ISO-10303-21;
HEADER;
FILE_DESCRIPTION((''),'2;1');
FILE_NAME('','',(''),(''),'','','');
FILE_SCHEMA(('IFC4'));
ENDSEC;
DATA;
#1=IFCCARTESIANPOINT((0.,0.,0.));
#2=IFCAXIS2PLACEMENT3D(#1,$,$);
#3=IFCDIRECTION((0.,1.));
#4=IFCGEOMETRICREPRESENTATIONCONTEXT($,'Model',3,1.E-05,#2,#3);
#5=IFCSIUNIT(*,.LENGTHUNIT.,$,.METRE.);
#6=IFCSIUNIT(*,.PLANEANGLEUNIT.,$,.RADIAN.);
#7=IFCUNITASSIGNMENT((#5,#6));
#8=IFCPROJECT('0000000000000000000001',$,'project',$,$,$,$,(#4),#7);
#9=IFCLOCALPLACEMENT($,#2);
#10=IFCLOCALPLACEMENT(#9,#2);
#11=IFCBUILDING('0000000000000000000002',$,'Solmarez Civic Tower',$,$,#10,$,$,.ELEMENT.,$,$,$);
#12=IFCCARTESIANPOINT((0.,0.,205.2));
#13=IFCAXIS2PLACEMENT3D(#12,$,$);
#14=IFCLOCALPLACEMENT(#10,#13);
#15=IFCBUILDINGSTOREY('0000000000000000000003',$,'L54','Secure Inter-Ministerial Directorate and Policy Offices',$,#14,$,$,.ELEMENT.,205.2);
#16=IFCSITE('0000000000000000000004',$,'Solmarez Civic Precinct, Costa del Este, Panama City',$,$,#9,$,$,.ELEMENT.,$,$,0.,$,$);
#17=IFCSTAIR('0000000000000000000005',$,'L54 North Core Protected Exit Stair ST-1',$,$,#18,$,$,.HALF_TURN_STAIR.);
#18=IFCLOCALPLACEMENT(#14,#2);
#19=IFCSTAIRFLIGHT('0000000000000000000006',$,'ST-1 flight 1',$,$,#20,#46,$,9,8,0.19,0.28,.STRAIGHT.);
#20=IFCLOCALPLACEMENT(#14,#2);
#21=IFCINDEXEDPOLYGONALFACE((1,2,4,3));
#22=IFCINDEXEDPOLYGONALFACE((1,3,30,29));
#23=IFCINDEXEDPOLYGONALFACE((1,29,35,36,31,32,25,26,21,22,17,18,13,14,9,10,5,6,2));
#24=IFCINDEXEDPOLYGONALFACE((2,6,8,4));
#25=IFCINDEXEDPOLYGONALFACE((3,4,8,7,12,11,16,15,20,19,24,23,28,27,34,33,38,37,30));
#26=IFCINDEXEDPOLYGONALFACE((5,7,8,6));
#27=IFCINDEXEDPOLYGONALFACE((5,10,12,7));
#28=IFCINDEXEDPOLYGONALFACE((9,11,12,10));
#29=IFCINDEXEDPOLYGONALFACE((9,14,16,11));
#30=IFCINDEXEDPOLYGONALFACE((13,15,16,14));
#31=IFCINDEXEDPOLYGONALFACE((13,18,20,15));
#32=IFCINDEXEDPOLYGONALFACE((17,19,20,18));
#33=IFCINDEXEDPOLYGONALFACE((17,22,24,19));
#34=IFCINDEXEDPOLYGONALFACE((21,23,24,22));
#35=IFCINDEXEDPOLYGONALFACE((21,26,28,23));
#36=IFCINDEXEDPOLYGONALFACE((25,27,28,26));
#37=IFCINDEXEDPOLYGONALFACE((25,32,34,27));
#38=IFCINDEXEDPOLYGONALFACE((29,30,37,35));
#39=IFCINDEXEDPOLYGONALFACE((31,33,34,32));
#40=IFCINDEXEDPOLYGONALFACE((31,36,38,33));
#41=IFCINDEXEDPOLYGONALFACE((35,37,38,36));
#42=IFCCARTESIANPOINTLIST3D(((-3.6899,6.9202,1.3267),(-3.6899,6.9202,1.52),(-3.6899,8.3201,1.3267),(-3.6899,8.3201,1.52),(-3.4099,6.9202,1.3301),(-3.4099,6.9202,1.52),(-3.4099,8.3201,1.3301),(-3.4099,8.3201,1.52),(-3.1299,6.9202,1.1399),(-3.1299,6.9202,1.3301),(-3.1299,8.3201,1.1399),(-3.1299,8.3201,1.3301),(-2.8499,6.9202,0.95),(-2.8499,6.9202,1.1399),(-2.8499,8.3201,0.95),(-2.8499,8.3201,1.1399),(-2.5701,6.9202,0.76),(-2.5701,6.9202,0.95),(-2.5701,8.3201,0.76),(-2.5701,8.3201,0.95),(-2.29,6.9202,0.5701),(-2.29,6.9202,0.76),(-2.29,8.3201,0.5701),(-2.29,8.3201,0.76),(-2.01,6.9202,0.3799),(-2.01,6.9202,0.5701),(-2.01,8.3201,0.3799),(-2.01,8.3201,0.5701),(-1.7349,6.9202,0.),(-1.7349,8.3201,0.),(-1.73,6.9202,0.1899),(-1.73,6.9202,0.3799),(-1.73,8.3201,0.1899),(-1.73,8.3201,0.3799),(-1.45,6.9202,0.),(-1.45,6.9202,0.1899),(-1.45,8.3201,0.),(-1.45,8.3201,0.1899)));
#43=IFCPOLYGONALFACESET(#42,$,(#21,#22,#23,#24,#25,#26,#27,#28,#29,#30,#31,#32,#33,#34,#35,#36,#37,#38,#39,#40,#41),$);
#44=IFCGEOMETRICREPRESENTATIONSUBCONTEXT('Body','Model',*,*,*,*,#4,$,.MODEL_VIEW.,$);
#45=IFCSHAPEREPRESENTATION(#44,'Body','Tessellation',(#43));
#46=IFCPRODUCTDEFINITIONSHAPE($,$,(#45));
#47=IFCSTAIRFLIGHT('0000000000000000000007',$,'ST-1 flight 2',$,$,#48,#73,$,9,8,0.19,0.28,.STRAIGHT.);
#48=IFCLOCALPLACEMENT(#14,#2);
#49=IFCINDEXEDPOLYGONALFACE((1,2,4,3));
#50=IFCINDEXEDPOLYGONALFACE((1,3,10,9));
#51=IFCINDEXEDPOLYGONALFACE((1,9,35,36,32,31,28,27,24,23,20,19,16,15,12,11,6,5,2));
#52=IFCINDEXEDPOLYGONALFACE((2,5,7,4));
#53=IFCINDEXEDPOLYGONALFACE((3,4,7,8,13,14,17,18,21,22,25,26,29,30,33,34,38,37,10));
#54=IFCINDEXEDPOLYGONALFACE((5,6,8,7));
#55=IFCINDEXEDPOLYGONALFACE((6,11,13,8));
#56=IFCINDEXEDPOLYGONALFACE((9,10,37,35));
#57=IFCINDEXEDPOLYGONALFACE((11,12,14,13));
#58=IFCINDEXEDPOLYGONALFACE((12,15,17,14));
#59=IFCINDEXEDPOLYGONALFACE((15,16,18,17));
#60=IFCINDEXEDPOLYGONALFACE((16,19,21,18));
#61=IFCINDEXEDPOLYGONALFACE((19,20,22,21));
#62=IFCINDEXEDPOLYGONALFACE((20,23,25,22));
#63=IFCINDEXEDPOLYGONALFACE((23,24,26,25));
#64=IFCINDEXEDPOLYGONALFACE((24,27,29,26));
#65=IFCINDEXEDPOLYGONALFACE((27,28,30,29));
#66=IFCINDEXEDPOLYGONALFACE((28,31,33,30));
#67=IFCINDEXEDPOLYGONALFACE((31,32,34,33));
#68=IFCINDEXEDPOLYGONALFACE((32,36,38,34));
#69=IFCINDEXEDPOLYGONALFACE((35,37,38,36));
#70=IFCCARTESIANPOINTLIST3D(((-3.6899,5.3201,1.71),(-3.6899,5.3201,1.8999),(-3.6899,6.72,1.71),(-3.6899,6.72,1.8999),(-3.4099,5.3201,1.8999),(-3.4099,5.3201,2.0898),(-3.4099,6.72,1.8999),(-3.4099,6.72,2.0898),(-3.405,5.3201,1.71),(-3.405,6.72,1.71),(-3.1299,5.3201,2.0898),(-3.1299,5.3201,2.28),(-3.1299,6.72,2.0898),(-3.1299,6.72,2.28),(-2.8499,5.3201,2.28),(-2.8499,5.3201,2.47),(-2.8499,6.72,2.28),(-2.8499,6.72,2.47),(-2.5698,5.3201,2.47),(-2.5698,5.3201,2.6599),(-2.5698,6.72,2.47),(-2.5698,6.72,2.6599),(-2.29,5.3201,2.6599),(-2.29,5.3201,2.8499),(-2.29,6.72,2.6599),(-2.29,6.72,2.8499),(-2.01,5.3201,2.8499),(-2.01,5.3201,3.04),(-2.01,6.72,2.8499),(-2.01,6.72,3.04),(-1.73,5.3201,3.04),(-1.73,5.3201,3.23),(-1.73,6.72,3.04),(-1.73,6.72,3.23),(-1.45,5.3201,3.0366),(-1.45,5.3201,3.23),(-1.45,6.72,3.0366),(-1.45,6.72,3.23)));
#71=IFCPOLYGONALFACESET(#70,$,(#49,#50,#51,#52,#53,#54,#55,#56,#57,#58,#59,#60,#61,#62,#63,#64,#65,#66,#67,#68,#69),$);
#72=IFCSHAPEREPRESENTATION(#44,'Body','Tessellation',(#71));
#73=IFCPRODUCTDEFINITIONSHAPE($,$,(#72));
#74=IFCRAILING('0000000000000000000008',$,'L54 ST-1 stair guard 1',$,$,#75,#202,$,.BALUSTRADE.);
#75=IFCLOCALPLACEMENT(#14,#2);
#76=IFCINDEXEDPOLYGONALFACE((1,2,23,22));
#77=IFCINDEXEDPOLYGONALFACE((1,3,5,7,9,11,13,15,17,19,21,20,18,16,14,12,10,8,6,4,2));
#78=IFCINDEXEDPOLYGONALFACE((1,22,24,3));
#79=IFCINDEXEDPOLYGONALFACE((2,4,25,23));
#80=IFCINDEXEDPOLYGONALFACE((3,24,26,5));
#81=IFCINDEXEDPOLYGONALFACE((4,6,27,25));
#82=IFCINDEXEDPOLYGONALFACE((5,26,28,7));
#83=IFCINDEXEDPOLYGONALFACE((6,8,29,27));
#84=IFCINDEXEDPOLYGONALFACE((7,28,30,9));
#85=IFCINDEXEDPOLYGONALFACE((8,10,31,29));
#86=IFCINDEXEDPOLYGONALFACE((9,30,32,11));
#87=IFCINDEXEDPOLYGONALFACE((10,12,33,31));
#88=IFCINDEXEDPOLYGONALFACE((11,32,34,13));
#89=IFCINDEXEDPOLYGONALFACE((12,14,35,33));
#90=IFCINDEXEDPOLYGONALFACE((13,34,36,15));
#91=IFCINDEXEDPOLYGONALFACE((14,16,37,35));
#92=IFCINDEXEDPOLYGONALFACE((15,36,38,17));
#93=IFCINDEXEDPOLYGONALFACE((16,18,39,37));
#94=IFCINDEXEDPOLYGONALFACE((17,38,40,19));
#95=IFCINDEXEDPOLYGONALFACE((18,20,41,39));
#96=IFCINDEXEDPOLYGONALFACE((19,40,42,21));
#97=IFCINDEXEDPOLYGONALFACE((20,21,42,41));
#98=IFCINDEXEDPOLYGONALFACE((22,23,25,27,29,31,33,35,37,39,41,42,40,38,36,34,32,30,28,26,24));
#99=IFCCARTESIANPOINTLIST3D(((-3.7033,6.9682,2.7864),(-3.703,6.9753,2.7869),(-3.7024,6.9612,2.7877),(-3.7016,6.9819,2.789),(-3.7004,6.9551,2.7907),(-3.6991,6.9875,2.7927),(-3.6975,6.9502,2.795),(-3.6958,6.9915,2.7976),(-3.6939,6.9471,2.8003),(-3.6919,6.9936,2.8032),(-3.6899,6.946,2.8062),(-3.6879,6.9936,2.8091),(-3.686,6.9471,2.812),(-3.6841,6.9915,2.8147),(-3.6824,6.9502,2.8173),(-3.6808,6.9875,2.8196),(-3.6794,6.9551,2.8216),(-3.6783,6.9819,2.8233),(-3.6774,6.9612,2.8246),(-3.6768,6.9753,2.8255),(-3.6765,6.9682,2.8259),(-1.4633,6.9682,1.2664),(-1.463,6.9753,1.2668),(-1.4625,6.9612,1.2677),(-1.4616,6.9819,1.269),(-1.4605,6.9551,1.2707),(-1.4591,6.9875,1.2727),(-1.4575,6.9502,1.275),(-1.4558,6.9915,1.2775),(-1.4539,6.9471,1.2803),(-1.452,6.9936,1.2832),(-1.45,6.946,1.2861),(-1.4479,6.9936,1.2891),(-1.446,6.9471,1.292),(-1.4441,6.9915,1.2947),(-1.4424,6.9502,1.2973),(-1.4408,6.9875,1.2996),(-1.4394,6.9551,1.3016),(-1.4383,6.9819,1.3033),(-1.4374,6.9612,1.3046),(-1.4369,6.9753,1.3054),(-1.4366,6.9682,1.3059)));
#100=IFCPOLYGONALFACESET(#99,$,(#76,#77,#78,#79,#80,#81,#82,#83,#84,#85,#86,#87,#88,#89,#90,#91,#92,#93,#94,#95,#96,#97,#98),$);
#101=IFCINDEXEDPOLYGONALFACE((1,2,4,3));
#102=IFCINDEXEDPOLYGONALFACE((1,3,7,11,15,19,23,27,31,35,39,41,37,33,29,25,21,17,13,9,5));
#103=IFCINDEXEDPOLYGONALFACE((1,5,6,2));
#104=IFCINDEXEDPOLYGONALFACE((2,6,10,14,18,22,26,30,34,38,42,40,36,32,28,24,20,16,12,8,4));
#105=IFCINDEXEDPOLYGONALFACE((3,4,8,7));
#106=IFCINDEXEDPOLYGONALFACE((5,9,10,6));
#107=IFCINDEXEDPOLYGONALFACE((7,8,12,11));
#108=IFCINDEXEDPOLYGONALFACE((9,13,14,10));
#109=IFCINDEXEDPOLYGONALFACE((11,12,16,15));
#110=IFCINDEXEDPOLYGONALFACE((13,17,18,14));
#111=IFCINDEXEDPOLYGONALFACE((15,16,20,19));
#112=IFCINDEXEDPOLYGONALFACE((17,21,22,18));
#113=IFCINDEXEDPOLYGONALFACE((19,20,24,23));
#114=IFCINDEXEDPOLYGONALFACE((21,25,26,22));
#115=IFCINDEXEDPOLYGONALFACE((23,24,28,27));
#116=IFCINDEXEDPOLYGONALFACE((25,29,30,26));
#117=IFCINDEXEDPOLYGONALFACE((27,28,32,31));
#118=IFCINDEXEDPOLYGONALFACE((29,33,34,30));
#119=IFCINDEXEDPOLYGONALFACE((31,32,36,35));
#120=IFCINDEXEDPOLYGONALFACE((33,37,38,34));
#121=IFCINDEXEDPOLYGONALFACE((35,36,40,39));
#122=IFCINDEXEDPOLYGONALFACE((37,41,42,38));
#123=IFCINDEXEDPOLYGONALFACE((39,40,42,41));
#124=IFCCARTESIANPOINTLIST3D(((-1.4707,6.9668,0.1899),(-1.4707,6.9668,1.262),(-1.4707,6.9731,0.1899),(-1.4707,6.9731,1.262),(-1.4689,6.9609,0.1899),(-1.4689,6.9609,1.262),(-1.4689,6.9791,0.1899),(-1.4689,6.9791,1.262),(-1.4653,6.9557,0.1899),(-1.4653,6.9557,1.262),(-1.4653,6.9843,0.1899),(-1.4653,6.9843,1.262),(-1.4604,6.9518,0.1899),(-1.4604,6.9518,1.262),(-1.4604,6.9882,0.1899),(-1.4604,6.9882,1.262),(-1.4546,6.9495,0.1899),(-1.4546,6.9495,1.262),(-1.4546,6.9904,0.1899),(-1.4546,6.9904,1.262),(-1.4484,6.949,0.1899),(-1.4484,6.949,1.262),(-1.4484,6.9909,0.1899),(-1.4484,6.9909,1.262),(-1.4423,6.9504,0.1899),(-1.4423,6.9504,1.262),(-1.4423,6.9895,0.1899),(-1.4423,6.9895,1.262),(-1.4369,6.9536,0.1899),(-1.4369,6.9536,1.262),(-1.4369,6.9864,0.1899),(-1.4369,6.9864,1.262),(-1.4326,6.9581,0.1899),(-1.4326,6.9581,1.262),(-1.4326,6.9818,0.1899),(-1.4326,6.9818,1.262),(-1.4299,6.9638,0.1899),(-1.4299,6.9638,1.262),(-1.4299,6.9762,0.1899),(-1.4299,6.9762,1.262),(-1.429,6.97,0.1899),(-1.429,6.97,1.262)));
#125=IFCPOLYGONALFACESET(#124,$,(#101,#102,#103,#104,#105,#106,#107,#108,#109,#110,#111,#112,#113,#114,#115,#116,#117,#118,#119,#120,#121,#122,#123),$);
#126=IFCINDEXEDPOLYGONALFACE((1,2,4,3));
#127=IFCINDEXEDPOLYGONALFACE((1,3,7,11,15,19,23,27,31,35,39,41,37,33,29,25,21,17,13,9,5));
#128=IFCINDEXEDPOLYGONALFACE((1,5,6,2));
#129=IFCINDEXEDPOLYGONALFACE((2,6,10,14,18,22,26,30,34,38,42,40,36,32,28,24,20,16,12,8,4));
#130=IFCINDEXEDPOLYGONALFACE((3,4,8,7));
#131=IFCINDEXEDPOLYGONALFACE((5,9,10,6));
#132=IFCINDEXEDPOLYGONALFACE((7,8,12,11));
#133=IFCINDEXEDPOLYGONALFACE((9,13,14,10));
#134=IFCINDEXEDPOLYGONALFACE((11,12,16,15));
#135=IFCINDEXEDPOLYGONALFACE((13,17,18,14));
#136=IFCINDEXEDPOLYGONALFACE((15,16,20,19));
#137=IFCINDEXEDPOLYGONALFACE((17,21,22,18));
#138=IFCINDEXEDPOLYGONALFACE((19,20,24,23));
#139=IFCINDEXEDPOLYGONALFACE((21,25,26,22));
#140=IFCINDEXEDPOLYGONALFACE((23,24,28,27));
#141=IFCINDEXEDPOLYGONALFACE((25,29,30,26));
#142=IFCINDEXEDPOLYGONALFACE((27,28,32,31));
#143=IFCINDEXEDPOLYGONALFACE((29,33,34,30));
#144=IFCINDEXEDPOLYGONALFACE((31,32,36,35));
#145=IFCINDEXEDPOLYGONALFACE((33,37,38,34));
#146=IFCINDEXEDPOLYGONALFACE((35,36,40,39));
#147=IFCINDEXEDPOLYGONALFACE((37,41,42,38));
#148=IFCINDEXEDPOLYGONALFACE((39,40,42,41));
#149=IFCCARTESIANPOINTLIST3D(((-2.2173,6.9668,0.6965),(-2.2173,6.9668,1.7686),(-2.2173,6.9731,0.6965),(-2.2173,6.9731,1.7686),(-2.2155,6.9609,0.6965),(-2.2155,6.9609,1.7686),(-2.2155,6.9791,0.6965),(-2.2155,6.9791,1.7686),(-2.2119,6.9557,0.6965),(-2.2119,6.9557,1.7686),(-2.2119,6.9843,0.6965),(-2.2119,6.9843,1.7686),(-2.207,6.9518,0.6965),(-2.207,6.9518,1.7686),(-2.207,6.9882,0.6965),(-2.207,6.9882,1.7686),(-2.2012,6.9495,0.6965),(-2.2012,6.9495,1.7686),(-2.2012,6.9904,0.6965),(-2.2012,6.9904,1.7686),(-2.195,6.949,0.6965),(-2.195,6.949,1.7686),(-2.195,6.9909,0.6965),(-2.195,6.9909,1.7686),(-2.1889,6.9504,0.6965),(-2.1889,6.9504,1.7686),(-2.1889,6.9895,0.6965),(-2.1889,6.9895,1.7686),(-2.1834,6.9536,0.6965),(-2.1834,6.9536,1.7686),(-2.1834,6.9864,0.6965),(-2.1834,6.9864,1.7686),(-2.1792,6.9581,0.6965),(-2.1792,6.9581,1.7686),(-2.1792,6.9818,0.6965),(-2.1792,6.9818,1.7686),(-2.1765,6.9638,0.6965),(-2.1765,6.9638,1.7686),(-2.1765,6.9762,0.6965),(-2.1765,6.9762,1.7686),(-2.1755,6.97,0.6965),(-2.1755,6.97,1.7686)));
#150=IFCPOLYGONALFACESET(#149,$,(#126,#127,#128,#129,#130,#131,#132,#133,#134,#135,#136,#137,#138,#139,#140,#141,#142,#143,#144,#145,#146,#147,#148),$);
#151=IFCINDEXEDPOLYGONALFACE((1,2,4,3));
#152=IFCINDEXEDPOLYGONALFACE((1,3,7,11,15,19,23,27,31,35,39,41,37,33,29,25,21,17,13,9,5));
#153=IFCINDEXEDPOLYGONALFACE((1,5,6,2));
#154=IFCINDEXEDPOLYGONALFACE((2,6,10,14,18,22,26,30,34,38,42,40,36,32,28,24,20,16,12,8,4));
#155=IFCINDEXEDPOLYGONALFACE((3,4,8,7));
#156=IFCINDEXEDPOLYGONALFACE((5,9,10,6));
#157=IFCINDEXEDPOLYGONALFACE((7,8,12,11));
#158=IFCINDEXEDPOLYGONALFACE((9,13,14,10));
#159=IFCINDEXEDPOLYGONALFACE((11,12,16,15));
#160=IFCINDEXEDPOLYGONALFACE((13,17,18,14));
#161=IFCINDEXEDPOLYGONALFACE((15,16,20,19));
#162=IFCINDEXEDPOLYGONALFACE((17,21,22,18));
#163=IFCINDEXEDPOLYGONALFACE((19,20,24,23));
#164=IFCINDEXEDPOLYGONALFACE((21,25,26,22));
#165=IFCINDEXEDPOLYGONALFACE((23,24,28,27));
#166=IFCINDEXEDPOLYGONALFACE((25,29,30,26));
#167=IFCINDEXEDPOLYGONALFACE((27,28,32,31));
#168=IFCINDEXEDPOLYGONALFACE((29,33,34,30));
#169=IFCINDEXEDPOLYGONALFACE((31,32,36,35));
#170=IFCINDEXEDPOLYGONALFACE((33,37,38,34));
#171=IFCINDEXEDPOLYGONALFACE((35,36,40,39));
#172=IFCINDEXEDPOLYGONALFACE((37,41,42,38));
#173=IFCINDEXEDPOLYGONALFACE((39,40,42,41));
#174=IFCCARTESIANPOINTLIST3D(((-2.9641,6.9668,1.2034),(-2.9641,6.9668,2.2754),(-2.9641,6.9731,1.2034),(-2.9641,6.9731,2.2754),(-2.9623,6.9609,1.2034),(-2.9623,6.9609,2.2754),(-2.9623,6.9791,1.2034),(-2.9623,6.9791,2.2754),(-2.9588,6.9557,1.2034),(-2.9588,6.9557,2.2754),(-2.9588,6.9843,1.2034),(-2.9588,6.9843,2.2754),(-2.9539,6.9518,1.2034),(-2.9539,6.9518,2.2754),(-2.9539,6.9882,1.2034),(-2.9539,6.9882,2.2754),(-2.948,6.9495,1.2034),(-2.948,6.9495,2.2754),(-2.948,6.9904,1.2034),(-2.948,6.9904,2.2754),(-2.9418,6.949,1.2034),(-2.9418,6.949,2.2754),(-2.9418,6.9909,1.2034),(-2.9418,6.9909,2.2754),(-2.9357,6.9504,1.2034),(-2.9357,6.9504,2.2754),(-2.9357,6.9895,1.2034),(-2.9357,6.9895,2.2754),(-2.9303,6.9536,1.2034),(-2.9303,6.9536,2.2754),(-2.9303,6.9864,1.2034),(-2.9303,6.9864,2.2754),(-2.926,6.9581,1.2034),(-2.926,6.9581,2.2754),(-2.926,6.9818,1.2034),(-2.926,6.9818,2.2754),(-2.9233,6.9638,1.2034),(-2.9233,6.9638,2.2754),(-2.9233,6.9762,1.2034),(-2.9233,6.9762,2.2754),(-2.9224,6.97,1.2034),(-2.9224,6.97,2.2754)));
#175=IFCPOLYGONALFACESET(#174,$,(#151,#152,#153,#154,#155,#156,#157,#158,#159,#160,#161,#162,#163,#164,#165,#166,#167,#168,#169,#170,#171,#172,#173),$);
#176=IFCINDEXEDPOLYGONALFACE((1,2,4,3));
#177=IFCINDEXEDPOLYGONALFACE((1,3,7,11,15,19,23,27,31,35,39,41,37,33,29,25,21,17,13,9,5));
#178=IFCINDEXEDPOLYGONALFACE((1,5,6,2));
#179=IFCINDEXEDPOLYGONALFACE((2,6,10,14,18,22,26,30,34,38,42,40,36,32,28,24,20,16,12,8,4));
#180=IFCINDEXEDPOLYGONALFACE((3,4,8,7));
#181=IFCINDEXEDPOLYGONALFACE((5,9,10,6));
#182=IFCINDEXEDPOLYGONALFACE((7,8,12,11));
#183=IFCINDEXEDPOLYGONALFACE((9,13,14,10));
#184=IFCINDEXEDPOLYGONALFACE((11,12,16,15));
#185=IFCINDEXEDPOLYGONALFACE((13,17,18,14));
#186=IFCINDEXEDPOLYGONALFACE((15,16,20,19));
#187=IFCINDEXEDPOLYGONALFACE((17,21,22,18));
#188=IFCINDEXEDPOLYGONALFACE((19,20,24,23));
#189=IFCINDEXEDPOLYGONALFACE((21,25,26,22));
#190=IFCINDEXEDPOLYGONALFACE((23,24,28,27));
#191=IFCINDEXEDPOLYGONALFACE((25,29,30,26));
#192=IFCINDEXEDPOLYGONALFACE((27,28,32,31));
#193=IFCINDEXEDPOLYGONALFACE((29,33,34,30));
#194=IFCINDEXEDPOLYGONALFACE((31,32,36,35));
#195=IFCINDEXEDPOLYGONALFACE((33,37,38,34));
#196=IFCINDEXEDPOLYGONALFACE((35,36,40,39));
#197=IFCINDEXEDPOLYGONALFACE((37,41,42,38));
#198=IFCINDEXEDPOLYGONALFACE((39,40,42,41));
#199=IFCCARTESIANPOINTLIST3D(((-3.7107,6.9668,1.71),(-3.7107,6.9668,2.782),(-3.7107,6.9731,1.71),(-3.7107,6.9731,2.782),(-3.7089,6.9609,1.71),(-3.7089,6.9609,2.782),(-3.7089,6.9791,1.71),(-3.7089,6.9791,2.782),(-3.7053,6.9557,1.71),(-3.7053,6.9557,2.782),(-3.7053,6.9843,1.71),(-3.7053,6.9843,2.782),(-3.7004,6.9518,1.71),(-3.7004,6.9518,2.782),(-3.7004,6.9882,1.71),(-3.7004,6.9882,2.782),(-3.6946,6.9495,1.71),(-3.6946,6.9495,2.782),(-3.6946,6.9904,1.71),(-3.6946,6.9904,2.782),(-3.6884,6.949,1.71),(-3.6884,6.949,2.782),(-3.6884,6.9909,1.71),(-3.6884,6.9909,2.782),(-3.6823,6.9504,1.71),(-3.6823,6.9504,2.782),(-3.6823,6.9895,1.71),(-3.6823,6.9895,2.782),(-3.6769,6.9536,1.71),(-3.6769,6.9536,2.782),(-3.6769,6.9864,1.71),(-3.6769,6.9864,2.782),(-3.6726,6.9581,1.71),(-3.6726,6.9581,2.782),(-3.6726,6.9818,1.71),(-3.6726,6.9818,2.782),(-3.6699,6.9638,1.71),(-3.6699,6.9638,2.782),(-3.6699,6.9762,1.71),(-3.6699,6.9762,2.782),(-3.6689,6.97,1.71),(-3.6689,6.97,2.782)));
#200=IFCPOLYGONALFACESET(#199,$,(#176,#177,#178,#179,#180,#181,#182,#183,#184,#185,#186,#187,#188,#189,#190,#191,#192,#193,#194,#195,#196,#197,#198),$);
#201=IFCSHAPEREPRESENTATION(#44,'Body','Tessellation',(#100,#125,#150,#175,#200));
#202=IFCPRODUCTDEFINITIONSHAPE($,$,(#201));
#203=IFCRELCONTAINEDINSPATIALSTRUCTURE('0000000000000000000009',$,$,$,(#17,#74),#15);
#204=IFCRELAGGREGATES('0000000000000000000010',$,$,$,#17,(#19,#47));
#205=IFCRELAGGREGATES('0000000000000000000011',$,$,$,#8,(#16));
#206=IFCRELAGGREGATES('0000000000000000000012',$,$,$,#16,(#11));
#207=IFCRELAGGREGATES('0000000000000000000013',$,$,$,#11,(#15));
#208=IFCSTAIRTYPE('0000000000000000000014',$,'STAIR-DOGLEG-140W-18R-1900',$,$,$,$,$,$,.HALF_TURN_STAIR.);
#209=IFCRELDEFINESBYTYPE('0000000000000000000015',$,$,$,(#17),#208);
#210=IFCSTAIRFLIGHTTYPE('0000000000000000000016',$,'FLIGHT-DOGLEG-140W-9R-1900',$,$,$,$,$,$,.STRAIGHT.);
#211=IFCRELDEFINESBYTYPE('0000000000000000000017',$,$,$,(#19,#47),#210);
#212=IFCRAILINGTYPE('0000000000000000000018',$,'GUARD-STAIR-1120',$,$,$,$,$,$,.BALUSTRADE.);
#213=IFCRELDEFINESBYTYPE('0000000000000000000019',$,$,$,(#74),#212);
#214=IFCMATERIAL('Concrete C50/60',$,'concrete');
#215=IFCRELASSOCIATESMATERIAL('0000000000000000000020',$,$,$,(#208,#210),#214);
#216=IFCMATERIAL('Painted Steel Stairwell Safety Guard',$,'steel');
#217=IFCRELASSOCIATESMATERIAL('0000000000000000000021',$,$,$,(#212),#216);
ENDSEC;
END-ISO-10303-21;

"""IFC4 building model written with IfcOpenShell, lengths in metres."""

from ifc_helpers import new_model, si_unit, direction, frame, origin, origin_2d, place, context, subcontext, project, spatial, polyline, circle, outline, extrude, material, type_object, element, aggregate, save


model = new_model("IFC4")

# Units and contexts
model_context = context("Model", 3, precision=1e-05, world=origin(), true_north=direction((0.0, 1.0)))
body_context = subcontext(model_context, "Body", "Model", "MODEL_VIEW")
ifc_project = project(units=[si_unit("LENGTHUNIT", "METRE"), si_unit("PLANEANGLEUNIT", "RADIAN")], contexts=[model_context])

# Site, building, storey
site_placement = place(None, origin())
site = spatial("IfcSite", under=ifc_project, at=site_placement, Name="Solmarez Civic Precinct, Costa del Este, Panama City", CompositionType="ELEMENT", RefElevation=0.0)
building_placement = place(site_placement, origin())
building = spatial("IfcBuilding", under=site, at=building_placement, Name="Solmarez Civic Tower", CompositionType="ELEMENT")
storey_placement = place(building_placement, frame((0.0, 0.0, 205.2)))
storey = spatial("IfcBuildingStorey", under=building, at=storey_placement, Name="L54", Description="Secure Inter-Ministerial Directorate and Policy Offices", CompositionType="ELEMENT", Elevation=205.2)

# Shared definitions
ifc_material_1 = material(Name="Concrete C50/60", Category="concrete")

# Stair, stair flights
stair_type = type_object("IfcStairType", Name="STAIR-DOGLEG-140W-18R-1900", PredefinedType="HALF_TURN_STAIR", material=ifc_material_1)
stair_placement = place(storey_placement, origin())
stair = element("IfcStair", 1, at=stair_placement, inside=storey, type_object=stair_type, Name="L54 North Core Protected Exit Stair ST-1", PredefinedType="HALF_TURN_STAIR")
stair_flight_type = type_object("IfcStairFlightType", Name="FLIGHT-DOGLEG-140W-9R-1900", PredefinedType="STRAIGHT", material=ifc_material_1)
stair_flight_1_placement = place(storey_placement, frame((-1.45, 7.6201, 0.0), z_axis=(0.0, 0.0, 1.0), x_axis=(-1.0, 0.0, 0.0)))
stair_flight_1 = element("IfcStairFlight", 2, at=stair_flight_1_placement, type_object=stair_flight_type, Name="ST-1 flight 1", NumberOfRisers=9, NumberOfTreads=8, PredefinedType="STRAIGHT", RiserHeight=0.19, TreadLength=0.28, context=body_context, shape_type="SweptSolid", body=[
    extrude(outline(polyline([(0.0, 0.0), (0.0, 0.1899), (0.28, 0.1899), (0.28, 0.3799), (0.5601, 0.3799), (0.5601, 0.5701), (0.8401, 0.5701), (0.8401, 0.76), (1.1201, 0.76), (1.1201, 0.95), (1.3999, 0.95), (1.3999, 1.1399), (1.6799, 1.1399), (1.6799, 1.3301), (1.96, 1.3301), (1.96, 1.52), (2.24, 1.52), (2.24, 1.71), (2.24, 1.3267), (0.2849, 0.0), (0.0, 0.0)])), frame((0.0, 0.7, 0.0), z_axis=(0.0, -1.0, 0.0), x_axis=(1.0, 0.0, 0.0)), (0.0, 0.0, 1.0), 1.3999),
])
stair_flight_2_placement = place(storey_placement, frame((-3.6899, 6.02, 1.71), z_axis=(0.0, 0.0, 1.0), x_axis=(1.0, 0.0, 0.0)))
stair_flight_2 = element("IfcStairFlight", 3, at=stair_flight_2_placement, type_object=stair_flight_type, Name="ST-1 flight 2", NumberOfRisers=9, NumberOfTreads=8, PredefinedType="STRAIGHT", RiserHeight=0.19, TreadLength=0.28, context=body_context, shape_type="SweptSolid", body=[
    extrude(outline(polyline([(0.0, 0.0), (0.0, 0.1899), (0.28, 0.1899), (0.28, 0.3799), (0.5601, 0.3799), (0.5601, 0.5701), (0.8401, 0.5701), (0.8401, 0.76), (1.1201, 0.76), (1.1201, 0.95), (1.3999, 0.95), (1.3999, 1.1399), (1.6799, 1.1399), (1.6799, 1.3301), (1.96, 1.3301), (1.96, 1.52), (2.24, 1.52), (2.24, 1.71), (2.24, 1.3267), (0.2849, 0.0), (0.0, 0.0)])), frame((0.0, 0.7, 0.0), z_axis=(0.0, -1.0, 0.0), x_axis=(1.0, 0.0, 0.0)), (0.0, 0.0, 1.0), 1.3999),
])
aggregate(stair, [stair_flight_1, stair_flight_2])

# Railing
ifc_material_2 = material(Name="Painted Steel Stairwell Safety Guard", Category="steel")
railing_type_1 = type_object("IfcRailingType", Name="GUARD-STAIR-1120", PredefinedType="BALUSTRADE", material=ifc_material_2)
railing_1_placement = place(storey_placement, frame((-1.45, 6.97, 0.1899)))
element("IfcRailing", 4, at=railing_1_placement, inside=storey, type_object=railing_type_1, Name="L54 ST-1 stair guard 1", PredefinedType="BALUSTRADE", context=body_context, shape_type="SweptSolid", body=[
    extrude(circle(Radius=0.0239, at=origin_2d()), frame((0.0, 0.0, 1.0962), z_axis=(-0.827471, 0.0, 0.561508), x_axis=(0.0, -1.0, 0.0)), (0.0, 0.0, 1.0), 2.707),
    extrude(circle(Radius=0.021, at=origin_2d()), origin(), (0.0, 0.0, 1.0), 1.072),
    extrude(circle(Radius=0.021, at=origin_2d()), frame((-0.7466, 0.0, 0.5066)), (0.0, 0.0, 1.0), 1.072),
    extrude(circle(Radius=0.021, at=origin_2d()), frame((-1.4934, 0.0, 1.0134)), (0.0, 0.0, 1.0), 1.072),
    extrude(circle(Radius=0.021, at=origin_2d()), frame((-2.24, 0.0, 1.52)), (0.0, 0.0, 1.0), 1.072),
])

save(model, "model.ifc")
